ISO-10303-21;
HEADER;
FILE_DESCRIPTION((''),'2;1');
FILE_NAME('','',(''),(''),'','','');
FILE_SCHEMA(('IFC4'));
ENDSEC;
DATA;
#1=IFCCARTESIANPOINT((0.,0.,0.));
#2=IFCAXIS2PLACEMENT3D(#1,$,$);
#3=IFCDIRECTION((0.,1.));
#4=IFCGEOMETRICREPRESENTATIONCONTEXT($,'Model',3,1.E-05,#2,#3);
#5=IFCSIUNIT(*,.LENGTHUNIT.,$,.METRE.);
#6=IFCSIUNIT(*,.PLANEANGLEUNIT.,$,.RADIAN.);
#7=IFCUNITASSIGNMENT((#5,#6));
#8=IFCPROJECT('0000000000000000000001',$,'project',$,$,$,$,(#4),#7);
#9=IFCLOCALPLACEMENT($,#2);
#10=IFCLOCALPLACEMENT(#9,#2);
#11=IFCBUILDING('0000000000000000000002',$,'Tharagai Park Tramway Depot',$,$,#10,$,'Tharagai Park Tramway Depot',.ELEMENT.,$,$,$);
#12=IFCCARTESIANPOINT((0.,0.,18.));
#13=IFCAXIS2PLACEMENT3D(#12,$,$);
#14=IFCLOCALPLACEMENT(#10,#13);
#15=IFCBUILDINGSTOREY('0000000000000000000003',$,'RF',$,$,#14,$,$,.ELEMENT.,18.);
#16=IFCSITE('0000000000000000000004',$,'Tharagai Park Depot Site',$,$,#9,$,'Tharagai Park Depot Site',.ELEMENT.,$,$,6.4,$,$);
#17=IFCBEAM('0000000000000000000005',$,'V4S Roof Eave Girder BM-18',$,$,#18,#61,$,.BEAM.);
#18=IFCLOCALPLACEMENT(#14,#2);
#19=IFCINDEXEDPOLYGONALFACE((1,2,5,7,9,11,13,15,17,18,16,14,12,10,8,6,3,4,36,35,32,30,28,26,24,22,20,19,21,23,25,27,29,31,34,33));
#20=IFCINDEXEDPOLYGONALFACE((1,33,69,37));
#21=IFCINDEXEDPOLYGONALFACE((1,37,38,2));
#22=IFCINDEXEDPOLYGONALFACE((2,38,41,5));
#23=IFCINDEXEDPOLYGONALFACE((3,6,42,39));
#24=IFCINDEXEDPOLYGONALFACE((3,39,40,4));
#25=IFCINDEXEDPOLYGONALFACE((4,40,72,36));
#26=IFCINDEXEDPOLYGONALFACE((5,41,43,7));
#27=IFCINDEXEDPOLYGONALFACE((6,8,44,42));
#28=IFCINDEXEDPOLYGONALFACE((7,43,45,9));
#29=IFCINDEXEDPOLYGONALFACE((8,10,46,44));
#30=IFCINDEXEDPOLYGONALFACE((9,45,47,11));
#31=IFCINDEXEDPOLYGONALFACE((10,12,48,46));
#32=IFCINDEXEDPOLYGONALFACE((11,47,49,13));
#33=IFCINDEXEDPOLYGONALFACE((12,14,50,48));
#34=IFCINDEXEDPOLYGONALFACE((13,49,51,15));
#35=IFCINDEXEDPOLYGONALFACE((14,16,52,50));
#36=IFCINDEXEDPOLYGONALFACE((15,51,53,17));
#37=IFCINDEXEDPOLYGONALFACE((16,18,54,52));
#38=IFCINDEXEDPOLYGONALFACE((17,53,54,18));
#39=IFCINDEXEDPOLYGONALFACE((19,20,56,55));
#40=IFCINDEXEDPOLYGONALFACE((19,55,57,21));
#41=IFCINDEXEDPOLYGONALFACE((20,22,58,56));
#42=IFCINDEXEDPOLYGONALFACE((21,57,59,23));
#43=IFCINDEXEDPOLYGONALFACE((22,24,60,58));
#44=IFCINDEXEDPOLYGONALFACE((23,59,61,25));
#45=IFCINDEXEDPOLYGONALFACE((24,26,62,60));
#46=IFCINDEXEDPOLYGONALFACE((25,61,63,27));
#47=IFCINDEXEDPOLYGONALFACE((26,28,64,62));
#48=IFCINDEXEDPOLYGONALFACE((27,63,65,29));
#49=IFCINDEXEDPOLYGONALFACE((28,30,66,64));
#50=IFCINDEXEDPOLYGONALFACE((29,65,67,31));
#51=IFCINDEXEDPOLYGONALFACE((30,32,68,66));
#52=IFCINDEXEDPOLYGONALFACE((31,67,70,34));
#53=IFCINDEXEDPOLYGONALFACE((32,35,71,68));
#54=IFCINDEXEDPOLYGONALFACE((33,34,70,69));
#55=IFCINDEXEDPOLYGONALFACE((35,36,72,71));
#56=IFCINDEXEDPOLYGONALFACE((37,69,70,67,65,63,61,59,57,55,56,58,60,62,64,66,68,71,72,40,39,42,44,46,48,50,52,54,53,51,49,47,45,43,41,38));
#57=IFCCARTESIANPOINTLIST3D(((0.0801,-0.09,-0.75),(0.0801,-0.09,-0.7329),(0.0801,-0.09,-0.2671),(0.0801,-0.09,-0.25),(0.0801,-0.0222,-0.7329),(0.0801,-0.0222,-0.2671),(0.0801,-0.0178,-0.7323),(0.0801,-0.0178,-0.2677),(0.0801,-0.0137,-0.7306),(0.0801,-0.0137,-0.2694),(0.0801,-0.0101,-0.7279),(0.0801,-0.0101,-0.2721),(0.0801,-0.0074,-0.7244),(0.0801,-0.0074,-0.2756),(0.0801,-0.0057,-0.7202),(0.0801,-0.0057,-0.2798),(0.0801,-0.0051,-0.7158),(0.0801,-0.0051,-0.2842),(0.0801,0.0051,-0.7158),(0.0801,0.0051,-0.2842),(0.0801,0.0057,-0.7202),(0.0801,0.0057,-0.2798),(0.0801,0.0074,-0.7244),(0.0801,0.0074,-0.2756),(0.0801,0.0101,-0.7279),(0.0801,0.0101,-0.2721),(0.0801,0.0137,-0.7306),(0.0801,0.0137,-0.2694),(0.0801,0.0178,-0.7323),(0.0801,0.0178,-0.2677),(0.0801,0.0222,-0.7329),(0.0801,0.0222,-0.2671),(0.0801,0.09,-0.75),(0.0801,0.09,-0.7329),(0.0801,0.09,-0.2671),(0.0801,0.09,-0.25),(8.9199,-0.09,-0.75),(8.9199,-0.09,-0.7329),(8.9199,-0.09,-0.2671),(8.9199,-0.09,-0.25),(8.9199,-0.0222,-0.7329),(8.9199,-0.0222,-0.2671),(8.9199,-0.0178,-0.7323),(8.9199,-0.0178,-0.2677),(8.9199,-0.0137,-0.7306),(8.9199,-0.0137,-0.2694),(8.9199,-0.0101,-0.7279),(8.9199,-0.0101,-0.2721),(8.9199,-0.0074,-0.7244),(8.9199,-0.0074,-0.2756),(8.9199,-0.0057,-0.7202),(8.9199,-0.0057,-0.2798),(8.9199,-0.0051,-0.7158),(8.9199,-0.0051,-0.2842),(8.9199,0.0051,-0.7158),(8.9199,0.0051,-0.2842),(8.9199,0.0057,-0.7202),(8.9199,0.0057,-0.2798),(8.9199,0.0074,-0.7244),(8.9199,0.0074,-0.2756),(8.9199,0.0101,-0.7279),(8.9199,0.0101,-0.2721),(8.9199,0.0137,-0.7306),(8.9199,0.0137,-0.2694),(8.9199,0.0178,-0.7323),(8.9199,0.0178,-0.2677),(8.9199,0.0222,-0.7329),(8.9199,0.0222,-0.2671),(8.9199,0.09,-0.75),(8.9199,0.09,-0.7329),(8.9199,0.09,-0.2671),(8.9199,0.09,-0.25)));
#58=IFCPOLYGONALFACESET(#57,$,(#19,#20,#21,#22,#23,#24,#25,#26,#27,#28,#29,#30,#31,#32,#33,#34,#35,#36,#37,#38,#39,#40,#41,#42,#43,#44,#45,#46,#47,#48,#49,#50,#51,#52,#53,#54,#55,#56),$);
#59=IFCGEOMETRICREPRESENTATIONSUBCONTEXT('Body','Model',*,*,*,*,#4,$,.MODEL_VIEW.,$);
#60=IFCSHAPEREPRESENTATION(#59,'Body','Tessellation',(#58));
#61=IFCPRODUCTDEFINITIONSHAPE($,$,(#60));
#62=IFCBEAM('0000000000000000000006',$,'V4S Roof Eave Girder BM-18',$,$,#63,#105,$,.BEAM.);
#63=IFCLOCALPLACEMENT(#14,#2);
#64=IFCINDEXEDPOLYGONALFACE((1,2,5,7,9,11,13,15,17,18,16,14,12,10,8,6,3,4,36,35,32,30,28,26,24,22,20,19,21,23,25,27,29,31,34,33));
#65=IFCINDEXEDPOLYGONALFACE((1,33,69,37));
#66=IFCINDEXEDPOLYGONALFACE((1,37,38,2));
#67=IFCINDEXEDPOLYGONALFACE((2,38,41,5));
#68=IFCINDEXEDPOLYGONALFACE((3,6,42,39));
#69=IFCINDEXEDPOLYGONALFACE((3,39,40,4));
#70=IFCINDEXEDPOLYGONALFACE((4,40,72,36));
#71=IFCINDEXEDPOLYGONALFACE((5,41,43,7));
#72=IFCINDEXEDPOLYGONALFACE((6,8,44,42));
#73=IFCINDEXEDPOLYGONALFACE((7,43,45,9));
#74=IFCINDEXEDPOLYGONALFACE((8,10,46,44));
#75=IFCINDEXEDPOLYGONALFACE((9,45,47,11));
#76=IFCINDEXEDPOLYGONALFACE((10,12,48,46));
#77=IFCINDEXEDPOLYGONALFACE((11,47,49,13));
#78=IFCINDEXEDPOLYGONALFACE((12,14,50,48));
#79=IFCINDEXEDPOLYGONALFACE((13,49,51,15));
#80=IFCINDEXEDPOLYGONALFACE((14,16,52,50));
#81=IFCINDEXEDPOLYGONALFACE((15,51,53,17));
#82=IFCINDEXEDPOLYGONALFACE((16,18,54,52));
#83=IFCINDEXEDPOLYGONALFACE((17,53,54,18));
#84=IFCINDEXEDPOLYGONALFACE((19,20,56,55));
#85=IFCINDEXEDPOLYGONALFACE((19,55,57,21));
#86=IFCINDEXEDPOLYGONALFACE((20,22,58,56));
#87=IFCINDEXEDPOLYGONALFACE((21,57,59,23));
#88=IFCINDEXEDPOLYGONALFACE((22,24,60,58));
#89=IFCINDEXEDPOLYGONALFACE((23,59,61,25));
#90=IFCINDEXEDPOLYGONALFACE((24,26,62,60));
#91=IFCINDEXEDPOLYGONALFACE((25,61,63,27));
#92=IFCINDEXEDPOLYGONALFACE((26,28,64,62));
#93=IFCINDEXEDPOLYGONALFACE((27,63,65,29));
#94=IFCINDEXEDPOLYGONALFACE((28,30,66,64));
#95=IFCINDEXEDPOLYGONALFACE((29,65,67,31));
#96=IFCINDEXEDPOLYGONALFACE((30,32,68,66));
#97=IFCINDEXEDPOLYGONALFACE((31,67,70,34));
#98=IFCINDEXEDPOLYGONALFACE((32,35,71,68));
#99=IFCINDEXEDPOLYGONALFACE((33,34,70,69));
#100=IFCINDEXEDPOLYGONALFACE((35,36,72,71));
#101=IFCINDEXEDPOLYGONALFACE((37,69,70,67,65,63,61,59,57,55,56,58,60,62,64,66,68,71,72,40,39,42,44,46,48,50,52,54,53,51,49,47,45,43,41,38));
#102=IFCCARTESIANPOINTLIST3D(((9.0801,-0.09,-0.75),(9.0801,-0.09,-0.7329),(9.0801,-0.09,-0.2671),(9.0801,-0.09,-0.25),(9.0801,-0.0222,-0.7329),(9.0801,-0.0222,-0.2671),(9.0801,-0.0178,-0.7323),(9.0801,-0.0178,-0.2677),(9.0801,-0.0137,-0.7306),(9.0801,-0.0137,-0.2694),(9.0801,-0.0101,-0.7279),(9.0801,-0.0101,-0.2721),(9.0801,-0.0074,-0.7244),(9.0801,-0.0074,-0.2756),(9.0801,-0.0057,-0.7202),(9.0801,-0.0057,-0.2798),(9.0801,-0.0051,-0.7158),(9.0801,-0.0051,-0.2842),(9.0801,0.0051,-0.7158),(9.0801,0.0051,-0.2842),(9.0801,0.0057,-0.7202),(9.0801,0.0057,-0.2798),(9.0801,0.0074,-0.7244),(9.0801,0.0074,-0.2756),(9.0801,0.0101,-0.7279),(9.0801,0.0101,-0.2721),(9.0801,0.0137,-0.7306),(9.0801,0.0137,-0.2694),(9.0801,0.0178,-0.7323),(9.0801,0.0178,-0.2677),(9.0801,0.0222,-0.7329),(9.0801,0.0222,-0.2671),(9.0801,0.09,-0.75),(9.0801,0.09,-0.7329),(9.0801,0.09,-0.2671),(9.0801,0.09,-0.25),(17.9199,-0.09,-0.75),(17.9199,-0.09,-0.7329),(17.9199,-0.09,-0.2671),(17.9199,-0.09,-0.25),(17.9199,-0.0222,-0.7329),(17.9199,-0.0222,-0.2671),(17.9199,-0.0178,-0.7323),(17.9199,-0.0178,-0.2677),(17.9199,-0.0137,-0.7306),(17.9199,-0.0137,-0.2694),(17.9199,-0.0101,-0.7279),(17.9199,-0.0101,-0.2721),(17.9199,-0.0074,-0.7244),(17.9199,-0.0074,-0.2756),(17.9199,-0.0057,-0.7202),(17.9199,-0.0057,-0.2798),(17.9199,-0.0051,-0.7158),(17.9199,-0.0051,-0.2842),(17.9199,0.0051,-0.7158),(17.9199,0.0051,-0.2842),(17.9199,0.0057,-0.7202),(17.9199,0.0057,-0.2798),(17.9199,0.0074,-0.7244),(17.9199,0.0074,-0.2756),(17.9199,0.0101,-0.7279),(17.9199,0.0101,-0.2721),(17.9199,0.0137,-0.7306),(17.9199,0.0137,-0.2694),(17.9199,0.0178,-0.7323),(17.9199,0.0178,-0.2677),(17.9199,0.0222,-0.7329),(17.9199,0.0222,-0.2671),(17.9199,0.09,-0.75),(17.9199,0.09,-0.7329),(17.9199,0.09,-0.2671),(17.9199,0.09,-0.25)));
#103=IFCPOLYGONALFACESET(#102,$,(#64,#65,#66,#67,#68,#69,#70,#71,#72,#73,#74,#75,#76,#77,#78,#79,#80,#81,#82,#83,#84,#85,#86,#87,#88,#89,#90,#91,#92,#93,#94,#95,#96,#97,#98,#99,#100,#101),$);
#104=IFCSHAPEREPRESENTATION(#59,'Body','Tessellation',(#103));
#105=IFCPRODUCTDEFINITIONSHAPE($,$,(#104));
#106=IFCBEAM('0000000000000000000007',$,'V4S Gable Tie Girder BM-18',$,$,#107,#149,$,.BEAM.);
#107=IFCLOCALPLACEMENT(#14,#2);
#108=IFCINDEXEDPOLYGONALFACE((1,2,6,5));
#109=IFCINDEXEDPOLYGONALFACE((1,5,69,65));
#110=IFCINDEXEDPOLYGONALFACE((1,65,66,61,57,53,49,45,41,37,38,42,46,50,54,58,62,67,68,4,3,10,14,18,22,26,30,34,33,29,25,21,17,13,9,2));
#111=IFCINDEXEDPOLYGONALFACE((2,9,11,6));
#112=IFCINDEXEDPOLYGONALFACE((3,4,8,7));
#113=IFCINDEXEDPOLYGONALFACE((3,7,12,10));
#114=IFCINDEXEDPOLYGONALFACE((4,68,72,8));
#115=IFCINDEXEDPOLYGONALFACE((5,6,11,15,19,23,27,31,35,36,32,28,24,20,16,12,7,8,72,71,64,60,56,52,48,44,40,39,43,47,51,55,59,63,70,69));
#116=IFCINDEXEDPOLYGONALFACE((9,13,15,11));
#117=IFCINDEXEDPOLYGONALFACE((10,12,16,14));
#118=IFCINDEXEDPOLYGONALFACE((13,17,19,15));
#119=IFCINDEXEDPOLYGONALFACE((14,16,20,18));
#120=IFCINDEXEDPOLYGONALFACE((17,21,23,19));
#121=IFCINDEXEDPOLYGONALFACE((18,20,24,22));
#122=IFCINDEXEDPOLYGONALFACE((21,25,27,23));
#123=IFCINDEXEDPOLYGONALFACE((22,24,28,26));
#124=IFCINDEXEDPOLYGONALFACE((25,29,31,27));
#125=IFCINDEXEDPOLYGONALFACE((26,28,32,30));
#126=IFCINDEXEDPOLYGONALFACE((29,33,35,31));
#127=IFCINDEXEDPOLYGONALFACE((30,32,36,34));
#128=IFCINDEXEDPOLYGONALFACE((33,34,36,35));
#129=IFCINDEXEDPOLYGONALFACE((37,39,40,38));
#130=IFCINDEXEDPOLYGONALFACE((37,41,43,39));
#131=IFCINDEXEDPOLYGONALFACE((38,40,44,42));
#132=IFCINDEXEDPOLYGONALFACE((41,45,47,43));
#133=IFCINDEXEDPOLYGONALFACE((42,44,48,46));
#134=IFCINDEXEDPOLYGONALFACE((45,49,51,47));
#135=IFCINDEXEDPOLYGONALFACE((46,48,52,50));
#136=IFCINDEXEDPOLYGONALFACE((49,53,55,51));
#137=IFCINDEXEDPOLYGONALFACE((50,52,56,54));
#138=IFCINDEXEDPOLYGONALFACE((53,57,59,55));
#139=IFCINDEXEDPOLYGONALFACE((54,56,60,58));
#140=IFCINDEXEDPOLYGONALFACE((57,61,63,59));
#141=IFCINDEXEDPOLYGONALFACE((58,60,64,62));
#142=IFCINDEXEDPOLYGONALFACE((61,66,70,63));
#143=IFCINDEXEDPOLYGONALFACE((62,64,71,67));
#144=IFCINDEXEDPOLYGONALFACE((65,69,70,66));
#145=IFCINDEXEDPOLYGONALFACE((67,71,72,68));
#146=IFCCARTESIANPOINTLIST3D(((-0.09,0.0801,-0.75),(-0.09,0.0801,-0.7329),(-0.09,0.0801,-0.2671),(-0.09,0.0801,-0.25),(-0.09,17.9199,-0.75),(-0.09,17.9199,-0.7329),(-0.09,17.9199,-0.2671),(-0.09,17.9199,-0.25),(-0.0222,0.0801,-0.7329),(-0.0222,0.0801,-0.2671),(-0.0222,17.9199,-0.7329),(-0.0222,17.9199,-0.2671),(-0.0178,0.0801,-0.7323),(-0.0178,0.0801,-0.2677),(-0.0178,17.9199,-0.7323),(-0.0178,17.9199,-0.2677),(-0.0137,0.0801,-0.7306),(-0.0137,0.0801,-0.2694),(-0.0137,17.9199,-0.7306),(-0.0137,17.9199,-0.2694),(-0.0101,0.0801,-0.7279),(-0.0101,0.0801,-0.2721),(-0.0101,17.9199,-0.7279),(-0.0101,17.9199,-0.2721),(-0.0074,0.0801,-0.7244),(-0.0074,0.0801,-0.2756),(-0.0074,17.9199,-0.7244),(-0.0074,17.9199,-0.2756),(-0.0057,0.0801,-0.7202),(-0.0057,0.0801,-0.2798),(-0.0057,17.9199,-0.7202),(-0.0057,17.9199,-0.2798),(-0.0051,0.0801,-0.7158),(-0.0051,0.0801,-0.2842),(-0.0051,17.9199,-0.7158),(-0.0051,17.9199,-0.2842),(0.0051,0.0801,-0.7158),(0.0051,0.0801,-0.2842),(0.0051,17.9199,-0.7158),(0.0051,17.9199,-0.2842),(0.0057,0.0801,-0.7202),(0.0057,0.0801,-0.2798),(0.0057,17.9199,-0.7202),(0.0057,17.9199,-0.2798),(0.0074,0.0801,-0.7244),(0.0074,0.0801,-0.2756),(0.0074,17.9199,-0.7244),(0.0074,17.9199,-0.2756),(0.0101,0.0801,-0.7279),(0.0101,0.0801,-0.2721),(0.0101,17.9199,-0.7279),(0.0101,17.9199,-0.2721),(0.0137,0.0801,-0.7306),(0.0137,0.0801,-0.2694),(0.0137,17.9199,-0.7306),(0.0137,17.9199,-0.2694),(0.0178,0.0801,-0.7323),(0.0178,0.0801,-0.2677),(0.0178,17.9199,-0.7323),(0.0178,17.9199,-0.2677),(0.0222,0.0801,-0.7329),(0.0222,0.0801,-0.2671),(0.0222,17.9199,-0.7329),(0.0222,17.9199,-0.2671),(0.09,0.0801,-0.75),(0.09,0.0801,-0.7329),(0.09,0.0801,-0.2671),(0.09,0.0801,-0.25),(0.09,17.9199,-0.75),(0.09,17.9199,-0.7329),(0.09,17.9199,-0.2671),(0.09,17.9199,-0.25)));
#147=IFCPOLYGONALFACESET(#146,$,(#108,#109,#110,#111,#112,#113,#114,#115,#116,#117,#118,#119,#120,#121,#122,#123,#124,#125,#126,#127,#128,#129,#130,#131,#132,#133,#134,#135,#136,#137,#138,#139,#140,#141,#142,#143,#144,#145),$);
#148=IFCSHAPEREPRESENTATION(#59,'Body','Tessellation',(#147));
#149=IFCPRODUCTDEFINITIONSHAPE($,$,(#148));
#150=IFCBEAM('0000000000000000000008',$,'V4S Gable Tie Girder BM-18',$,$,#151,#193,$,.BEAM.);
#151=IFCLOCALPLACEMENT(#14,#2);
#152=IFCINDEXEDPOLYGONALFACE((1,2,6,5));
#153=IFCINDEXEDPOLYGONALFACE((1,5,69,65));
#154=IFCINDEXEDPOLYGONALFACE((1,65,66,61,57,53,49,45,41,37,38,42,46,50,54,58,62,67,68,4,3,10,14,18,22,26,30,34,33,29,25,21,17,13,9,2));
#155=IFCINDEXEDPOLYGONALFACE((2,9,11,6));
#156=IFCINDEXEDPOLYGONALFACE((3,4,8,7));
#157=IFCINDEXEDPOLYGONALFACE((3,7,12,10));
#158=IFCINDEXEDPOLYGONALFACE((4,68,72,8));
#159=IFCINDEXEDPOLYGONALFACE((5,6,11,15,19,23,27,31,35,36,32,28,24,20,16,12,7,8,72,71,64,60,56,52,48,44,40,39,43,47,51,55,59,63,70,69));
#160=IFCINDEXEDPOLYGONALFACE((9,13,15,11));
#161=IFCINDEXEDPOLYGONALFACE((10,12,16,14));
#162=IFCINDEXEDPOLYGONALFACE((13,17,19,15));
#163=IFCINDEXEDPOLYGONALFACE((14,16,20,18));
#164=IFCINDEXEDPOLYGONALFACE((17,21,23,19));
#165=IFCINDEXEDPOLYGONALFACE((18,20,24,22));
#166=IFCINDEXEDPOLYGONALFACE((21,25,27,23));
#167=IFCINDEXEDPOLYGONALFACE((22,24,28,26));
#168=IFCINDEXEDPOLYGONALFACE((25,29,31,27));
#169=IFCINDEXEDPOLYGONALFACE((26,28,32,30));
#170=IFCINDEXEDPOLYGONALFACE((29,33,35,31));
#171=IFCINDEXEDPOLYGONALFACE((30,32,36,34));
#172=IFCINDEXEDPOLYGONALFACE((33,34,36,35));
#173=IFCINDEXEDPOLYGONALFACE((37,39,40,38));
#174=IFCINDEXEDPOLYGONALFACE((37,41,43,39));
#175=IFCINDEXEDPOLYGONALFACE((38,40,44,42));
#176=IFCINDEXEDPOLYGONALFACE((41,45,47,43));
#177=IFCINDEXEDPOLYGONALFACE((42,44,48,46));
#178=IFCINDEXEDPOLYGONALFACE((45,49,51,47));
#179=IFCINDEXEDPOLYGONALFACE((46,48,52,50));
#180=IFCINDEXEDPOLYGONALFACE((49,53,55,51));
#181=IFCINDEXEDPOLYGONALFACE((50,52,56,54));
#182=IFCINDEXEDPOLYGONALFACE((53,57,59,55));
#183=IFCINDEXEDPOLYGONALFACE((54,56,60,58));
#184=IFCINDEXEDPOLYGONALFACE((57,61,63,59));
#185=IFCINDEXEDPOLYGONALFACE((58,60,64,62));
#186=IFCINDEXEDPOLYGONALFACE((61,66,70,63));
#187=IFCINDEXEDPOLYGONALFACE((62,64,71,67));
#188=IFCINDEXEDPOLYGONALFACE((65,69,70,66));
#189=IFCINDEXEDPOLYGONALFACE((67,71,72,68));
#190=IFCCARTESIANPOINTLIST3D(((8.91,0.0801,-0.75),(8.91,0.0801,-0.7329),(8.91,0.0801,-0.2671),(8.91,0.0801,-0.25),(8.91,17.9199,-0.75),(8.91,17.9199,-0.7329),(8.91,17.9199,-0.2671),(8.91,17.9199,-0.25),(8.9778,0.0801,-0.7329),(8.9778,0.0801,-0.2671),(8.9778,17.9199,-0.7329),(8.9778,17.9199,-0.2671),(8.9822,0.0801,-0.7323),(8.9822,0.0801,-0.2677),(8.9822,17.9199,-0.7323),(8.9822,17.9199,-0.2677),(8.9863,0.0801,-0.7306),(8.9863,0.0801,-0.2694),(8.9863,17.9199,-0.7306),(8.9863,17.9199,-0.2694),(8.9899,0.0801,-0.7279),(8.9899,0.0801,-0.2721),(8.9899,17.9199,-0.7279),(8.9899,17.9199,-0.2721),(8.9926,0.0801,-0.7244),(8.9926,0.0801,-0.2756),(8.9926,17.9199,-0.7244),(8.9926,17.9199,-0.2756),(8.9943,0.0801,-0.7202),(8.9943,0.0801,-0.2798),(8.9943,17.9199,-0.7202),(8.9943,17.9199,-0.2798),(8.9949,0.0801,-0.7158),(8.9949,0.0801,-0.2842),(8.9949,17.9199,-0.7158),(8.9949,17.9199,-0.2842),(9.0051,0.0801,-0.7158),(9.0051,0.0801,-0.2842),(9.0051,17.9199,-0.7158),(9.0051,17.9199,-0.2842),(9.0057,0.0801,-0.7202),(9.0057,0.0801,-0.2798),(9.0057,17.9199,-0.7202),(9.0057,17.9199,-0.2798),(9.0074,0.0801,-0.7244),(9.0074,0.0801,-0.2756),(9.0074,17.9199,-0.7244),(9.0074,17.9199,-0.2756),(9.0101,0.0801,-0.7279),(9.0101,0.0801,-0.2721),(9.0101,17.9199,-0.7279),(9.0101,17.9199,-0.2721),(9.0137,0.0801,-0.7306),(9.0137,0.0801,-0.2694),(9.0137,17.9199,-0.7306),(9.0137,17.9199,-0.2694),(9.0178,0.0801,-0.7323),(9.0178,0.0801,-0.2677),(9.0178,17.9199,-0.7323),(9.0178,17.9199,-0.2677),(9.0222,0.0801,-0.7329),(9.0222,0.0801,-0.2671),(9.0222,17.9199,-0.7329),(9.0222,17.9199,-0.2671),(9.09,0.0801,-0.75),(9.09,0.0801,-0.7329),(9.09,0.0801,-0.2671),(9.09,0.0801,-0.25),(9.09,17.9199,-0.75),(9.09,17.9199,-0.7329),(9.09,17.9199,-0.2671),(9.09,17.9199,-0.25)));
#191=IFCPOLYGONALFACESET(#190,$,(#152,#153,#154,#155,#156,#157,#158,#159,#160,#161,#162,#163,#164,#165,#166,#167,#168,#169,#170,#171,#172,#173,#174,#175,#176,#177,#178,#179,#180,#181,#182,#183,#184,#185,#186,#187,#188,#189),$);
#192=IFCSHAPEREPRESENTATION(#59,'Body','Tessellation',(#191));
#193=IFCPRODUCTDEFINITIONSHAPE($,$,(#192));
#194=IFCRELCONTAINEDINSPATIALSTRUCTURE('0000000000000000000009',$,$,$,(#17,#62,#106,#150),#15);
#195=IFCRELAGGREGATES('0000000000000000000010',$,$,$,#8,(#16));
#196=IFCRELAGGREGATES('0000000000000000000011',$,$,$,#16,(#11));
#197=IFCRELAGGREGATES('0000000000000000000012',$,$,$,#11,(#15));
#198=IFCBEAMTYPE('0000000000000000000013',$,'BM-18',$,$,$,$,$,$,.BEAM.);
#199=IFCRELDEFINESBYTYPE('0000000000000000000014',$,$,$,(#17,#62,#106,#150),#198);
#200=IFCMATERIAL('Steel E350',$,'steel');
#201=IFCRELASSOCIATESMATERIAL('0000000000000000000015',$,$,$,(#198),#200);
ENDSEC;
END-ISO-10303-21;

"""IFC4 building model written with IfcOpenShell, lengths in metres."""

from ifc_helpers import new_model, si_unit, direction, frame, origin, origin_2d, place, context, subcontext, project, spatial, i_section, extrude, material, material_profile, profile_set, type_object, element, save


model = new_model("IFC4")

# Units and contexts
model_context = context("Model", 3, precision=1e-05, world=origin(), true_north=direction((0.0, 1.0)))
body_context = subcontext(model_context, "Body", "Model", "MODEL_VIEW")
ifc_project = project(units=[si_unit("LENGTHUNIT", "METRE"), si_unit("PLANEANGLEUNIT", "RADIAN")], contexts=[model_context])

# Site, building, storey
site_placement = place(None, origin())
site = spatial("IfcSite", under=ifc_project, at=site_placement, Name="Tharagai Park Depot Site", LongName="Tharagai Park Depot Site", CompositionType="ELEMENT", RefElevation=6.4)
building_placement = place(site_placement, origin())
building = spatial("IfcBuilding", under=site, at=building_placement, Name="Tharagai Park Tramway Depot", LongName="Tharagai Park Tramway Depot", CompositionType="ELEMENT")
storey_placement = place(building_placement, frame((0.0, 0.0, 18.0)))
storey = spatial("IfcBuildingStorey", under=building, at=storey_placement, Name="RF", CompositionType="ELEMENT", Elevation=18.0)

# Beams
ifc_material_1 = material(Name="Steel E350", Category="steel")
ifc_material_profile_1 = material_profile(ifc_material_1, i_section(OverallWidth=0.1799, OverallDepth=0.5, WebThickness=0.0103, FlangeThickness=0.0171, FilletRadius=0.0171, at=origin_2d()), Name="ISMB 500")
ifc_profile_set_1 = profile_set([ifc_material_profile_1], Name="Steel E350")
beam_type = type_object("IfcBeamType", Name="BM-18", PredefinedType="BEAM", material=ifc_profile_set_1)
for number, where, z_axis, x_axis, name in (
    (1, (0.0801, 0.0, -0.5), (1.0, 0.0, 0.0), (0.0, 1.0, 0.0), "V4S Roof Eave Girder BM-18"),
    (2, (9.0801, 0.0, -0.5), (1.0, 0.0, 0.0), (0.0, 1.0, 0.0), "V4S Roof Eave Girder BM-18"),
):
    element("IfcBeam", number, at=place(storey_placement, frame(where, z_axis=z_axis, x_axis=x_axis)), inside=storey, type_object=beam_type, Name=name, PredefinedType="BEAM", context=body_context, shape_type="SweptSolid", body=[
        extrude(i_section(OverallWidth=0.1799, OverallDepth=0.5, WebThickness=0.0103, FlangeThickness=0.0171, FilletRadius=0.0171, at=origin_2d()), origin(), (0.0, 0.0, 1.0), 8.8398),
    ])
for number, where, z_axis, x_axis, name in (
    (3, (0.0, 0.0801, -0.5), (0.0, 1.0, 0.0), (-1.0, 0.0, 0.0), "V4S Gable Tie Girder BM-18"),
    (4, (9.0, 0.0801, -0.5), (0.0, 1.0, 0.0), (-1.0, 0.0, 0.0), "V4S Gable Tie Girder BM-18"),
):
    element("IfcBeam", number, at=place(storey_placement, frame(where, z_axis=z_axis, x_axis=x_axis)), inside=storey, type_object=beam_type, Name=name, PredefinedType="BEAM", context=body_context, shape_type="SweptSolid", body=[
        extrude(i_section(OverallWidth=0.1799, OverallDepth=0.5, WebThickness=0.0103, FlangeThickness=0.0171, FilletRadius=0.0171, at=origin_2d()), origin(), (0.0, 0.0, 1.0), 17.8398),
    ])

save(model, "model.ifc")
